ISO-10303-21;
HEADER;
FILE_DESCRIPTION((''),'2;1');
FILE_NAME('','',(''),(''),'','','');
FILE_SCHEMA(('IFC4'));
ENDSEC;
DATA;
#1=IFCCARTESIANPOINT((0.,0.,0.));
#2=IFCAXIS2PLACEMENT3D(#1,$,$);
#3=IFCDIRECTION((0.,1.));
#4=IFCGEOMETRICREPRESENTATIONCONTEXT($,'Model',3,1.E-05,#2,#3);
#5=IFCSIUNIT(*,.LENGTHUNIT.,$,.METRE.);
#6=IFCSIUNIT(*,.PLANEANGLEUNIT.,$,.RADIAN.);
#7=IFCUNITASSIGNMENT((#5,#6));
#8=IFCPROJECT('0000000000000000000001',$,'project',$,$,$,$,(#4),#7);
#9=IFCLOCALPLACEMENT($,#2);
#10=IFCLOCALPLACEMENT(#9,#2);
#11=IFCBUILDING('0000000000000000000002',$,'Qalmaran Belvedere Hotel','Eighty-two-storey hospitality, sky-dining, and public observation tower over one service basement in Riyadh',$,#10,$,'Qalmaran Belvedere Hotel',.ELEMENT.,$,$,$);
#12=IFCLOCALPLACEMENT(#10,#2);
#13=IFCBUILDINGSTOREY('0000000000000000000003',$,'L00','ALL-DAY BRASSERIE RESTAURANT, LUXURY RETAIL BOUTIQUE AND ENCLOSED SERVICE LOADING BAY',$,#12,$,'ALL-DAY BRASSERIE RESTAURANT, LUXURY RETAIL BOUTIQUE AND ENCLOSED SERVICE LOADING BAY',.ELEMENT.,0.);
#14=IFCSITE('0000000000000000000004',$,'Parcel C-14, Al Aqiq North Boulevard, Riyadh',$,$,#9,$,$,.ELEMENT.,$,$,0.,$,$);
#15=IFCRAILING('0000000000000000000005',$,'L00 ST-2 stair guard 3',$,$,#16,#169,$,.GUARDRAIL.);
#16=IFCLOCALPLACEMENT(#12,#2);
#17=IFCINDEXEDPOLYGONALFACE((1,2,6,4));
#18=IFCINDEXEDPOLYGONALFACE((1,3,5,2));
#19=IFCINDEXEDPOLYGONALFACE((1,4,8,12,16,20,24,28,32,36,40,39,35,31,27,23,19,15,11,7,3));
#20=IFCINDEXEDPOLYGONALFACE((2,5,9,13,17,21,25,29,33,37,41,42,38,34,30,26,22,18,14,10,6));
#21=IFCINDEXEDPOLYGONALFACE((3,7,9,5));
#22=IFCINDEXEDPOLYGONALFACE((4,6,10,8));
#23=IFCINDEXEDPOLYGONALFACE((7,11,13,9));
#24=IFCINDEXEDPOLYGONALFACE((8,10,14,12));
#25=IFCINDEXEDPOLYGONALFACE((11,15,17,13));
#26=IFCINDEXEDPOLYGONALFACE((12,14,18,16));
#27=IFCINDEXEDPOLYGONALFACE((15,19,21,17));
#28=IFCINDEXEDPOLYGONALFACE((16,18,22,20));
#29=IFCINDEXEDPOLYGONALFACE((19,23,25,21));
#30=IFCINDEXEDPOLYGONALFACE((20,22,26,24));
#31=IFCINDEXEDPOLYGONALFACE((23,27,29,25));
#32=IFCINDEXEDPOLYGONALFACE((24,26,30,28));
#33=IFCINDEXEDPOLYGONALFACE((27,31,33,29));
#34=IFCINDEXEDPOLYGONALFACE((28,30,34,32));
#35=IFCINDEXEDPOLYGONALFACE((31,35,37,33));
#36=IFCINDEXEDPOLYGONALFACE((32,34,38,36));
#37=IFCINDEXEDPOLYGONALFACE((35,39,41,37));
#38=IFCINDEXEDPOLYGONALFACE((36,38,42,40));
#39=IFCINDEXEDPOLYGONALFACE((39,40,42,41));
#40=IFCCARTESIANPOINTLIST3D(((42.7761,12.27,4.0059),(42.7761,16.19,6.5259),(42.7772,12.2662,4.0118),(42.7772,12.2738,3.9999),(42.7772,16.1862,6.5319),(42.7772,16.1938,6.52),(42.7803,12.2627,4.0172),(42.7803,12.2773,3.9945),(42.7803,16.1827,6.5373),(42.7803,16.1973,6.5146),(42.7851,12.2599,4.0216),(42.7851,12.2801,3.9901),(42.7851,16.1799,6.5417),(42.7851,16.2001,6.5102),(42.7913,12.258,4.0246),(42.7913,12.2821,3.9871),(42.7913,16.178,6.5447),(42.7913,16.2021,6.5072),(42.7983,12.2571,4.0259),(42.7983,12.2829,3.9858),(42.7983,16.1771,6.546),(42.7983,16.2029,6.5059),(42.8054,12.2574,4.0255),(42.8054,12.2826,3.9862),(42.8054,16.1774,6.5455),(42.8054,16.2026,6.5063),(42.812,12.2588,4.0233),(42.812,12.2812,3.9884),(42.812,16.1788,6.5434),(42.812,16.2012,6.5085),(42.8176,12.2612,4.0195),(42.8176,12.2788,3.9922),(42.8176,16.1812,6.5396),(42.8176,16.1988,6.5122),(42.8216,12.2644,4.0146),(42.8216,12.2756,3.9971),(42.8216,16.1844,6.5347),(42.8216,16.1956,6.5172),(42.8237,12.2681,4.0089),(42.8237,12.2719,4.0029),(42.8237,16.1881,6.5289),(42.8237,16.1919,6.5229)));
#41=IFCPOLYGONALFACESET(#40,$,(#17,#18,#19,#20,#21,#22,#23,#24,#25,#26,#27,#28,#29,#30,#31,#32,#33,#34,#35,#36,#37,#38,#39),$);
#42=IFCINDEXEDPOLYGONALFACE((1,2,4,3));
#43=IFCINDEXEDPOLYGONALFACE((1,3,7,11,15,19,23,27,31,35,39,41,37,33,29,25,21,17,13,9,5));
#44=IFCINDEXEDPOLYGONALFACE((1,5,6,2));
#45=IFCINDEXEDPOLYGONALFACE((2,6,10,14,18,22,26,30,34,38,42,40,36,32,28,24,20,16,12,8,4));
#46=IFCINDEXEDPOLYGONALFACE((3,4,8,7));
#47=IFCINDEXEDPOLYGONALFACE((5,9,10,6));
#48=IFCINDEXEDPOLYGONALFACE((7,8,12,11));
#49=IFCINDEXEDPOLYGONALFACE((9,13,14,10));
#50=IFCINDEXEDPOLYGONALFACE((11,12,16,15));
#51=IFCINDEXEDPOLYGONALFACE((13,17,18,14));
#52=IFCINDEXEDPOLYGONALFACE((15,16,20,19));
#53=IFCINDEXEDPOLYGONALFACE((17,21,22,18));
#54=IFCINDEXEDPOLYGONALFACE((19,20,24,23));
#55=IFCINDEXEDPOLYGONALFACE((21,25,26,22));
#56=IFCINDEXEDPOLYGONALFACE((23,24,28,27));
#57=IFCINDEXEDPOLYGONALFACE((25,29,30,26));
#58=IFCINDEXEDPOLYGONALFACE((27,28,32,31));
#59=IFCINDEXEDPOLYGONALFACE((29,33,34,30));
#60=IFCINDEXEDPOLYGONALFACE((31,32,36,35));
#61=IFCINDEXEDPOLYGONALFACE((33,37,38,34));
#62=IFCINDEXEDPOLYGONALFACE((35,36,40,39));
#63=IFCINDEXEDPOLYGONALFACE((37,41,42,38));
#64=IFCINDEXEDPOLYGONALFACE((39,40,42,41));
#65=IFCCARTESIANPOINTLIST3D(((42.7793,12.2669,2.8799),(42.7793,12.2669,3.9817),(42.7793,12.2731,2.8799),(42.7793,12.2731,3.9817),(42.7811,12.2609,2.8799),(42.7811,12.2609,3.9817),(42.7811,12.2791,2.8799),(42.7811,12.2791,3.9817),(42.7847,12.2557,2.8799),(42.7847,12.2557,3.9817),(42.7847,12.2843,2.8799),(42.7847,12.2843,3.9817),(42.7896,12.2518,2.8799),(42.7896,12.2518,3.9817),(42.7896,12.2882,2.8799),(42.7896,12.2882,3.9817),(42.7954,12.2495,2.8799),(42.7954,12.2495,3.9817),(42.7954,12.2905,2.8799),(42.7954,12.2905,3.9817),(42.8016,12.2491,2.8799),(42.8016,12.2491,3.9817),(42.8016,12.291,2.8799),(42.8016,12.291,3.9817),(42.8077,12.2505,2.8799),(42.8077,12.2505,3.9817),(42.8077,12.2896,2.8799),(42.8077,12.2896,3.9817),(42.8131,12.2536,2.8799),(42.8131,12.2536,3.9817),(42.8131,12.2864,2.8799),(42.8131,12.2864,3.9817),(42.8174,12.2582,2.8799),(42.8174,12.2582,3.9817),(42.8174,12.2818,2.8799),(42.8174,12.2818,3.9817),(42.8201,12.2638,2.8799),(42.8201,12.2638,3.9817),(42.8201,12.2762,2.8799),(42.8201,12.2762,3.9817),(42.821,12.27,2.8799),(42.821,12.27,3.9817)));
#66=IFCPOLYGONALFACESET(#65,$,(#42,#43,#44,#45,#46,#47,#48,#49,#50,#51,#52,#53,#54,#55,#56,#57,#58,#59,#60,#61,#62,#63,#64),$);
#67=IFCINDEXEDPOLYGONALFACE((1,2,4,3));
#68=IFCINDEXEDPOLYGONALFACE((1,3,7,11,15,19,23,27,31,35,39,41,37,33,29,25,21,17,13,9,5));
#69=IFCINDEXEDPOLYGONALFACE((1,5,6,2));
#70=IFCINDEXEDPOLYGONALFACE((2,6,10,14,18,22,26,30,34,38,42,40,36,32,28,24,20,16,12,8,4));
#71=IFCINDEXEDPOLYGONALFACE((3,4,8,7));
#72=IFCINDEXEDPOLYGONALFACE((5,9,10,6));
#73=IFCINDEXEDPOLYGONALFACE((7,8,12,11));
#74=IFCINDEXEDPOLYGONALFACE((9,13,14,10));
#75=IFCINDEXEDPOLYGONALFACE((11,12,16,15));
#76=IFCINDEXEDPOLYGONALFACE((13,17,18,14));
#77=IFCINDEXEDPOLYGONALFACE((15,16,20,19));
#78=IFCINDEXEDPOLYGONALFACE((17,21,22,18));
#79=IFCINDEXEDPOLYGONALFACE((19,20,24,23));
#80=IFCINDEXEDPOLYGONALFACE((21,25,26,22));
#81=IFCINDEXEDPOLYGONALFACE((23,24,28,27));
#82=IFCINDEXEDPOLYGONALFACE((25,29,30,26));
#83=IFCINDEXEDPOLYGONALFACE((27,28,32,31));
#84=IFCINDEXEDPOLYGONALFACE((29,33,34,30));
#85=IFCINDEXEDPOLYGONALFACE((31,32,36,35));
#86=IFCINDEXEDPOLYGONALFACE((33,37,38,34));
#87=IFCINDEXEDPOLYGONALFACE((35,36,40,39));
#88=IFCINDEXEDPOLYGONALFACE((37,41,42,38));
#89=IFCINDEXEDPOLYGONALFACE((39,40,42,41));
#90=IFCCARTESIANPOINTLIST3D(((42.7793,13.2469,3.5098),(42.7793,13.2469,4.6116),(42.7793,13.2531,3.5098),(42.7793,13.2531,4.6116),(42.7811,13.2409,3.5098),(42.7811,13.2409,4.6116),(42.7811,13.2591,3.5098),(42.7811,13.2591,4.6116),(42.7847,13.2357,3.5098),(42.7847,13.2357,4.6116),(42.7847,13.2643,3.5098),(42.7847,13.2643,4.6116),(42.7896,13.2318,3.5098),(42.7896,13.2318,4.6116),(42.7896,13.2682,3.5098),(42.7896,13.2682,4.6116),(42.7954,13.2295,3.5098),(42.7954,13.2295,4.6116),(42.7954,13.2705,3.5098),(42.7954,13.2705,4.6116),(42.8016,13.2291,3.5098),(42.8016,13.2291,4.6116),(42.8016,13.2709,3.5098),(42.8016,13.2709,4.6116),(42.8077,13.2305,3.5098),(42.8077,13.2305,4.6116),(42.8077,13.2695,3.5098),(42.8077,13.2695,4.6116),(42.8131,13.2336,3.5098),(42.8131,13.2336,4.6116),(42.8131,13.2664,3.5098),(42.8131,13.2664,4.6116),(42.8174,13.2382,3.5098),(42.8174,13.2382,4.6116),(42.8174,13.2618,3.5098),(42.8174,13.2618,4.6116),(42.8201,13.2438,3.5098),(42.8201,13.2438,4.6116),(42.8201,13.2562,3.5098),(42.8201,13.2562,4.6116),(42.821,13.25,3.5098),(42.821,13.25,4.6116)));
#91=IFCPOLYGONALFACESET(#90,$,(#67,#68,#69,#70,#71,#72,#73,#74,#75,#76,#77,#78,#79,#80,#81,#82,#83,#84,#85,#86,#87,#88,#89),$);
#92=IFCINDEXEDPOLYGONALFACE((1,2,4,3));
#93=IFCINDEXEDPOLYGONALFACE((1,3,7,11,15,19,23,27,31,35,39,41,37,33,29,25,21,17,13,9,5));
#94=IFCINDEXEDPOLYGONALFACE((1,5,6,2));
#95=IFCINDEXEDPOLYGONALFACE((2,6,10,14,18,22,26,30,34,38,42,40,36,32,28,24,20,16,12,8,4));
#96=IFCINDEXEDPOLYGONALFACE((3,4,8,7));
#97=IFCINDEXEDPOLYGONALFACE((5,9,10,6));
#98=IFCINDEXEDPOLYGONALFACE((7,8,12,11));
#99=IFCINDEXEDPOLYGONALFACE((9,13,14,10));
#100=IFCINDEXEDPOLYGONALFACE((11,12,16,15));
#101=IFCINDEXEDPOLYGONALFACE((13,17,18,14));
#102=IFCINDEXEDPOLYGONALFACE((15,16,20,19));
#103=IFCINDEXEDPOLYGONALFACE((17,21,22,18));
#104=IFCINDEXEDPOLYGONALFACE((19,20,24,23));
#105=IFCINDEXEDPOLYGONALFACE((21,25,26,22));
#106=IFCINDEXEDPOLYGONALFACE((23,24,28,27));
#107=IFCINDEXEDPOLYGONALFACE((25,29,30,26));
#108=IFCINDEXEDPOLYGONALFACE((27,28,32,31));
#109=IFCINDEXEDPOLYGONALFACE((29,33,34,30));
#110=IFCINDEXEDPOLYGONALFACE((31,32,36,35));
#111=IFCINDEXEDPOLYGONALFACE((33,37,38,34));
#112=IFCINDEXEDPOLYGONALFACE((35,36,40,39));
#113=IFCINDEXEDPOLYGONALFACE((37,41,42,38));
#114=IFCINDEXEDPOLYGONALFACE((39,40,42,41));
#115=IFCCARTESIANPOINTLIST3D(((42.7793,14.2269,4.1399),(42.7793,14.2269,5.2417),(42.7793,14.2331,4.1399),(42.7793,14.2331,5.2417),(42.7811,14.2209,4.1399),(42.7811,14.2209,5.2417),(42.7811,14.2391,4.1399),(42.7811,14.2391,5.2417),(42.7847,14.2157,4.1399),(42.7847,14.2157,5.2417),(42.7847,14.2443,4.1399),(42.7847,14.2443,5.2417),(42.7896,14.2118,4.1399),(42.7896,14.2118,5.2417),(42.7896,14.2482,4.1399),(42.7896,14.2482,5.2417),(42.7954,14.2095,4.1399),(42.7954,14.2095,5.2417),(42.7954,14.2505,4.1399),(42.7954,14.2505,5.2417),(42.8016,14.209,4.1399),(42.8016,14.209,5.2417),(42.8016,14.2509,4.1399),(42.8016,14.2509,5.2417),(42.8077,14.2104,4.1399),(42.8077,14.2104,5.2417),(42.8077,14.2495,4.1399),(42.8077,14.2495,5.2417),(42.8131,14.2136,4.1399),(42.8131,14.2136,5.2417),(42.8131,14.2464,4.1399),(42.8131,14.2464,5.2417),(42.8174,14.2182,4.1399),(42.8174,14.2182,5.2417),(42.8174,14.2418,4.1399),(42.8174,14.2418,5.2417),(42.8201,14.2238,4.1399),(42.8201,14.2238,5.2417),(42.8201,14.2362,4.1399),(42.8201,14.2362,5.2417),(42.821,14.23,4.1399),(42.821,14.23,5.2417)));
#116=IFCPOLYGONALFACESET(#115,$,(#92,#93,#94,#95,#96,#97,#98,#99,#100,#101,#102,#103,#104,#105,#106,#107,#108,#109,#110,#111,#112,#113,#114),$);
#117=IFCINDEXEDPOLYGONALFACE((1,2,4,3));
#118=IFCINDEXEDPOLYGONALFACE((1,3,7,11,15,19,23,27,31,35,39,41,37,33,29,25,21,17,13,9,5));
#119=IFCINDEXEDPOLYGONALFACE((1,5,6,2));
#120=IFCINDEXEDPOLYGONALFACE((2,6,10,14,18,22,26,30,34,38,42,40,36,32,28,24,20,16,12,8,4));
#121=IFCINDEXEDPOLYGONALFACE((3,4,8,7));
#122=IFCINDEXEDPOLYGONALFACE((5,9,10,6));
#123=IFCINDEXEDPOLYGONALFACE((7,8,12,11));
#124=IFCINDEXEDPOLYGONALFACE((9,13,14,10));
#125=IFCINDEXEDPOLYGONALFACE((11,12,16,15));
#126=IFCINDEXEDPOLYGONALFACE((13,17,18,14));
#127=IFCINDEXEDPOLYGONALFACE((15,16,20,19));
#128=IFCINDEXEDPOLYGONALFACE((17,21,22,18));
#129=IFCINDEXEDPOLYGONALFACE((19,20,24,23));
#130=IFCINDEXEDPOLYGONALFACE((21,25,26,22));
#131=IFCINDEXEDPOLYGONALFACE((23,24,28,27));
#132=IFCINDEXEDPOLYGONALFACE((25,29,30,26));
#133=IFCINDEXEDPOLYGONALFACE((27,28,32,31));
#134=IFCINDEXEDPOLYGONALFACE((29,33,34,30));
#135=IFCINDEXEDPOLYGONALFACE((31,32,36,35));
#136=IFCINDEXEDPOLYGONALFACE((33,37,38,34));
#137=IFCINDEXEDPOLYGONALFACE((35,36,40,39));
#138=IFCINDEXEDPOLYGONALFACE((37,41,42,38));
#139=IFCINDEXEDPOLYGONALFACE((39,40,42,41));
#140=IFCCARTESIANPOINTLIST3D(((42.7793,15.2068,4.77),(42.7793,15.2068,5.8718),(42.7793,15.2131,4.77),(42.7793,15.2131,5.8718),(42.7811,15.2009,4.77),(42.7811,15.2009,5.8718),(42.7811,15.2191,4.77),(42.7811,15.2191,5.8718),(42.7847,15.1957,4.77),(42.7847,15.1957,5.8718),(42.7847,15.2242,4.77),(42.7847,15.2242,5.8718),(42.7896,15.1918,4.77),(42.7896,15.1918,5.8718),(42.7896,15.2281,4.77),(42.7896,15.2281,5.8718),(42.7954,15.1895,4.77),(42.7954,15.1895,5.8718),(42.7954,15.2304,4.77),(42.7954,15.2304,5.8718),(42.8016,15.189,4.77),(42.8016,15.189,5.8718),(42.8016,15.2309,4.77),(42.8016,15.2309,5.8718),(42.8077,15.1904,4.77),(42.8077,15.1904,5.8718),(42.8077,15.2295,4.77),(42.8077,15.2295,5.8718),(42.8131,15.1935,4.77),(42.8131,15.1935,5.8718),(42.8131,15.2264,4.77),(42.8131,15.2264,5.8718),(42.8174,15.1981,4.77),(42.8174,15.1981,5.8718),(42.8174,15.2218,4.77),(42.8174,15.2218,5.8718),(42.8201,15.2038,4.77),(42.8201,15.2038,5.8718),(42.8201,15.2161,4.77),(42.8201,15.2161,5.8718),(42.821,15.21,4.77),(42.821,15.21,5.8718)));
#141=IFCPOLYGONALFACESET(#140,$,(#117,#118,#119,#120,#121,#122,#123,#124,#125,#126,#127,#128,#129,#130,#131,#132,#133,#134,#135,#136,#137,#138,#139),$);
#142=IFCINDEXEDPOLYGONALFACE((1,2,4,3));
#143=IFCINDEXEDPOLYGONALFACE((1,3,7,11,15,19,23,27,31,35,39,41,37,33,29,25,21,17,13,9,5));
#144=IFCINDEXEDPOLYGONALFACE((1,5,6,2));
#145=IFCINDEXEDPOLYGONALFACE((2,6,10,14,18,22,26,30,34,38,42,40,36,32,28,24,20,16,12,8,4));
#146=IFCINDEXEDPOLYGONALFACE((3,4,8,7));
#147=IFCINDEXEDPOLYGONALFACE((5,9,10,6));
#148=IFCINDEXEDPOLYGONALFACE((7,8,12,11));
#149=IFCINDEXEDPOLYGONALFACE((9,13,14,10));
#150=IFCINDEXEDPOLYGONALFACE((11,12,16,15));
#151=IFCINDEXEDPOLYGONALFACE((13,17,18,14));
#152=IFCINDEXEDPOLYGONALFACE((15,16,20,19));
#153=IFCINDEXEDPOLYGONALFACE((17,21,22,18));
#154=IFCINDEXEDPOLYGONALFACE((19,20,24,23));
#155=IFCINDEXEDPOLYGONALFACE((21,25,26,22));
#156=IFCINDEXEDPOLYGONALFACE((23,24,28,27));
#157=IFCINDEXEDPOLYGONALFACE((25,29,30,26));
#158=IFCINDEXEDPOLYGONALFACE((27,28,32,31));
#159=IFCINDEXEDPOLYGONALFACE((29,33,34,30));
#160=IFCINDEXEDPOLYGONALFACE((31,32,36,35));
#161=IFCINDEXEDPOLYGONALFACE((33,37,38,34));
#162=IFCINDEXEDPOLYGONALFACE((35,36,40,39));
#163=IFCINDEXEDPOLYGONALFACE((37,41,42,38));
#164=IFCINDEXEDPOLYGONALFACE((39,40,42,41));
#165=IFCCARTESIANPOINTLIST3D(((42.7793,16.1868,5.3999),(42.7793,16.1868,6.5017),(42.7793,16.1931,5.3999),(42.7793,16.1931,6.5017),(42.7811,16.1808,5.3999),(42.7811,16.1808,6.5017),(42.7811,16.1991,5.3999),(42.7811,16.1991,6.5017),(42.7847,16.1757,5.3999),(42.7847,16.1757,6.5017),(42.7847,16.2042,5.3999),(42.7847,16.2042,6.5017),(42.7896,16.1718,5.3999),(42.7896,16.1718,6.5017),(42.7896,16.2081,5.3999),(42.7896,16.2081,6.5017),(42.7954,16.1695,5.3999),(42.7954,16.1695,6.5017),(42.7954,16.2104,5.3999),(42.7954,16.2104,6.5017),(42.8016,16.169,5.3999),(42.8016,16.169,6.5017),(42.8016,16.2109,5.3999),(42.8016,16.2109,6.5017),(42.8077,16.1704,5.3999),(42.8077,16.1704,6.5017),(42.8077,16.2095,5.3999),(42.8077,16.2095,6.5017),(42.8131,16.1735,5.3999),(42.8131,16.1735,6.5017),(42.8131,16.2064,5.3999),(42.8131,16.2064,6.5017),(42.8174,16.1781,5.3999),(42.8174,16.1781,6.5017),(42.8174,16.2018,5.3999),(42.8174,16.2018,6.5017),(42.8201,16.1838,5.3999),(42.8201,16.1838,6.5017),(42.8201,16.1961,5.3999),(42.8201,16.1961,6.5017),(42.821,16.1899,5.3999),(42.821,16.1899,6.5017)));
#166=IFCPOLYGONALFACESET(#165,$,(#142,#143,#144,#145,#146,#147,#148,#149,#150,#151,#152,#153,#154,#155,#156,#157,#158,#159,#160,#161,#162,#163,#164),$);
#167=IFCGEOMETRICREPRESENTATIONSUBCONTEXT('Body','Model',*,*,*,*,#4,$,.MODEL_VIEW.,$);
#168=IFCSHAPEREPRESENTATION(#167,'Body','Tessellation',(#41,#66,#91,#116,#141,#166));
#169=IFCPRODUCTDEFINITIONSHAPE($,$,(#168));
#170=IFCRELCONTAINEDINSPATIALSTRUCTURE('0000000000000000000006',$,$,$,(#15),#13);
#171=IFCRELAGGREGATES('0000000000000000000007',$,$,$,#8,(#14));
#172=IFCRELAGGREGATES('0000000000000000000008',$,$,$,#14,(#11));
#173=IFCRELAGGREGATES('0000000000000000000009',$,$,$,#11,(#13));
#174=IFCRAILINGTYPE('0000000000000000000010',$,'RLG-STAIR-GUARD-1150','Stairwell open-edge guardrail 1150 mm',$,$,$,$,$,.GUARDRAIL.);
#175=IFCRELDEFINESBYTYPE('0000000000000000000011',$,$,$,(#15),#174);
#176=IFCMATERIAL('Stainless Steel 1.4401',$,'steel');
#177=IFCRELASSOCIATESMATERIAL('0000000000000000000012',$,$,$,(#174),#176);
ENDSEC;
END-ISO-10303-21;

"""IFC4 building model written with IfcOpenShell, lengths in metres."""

from ifc_helpers import new_model, si_unit, direction, frame, origin, origin_2d, place, context, subcontext, project, spatial, circle, extrude, material, type_object, element, save


model = new_model("IFC4")

# Units and contexts
model_context = context("Model", 3, precision=1e-05, world=origin(), true_north=direction((0.0, 1.0)))
body_context = subcontext(model_context, "Body", "Model", "MODEL_VIEW")
ifc_project = project(units=[si_unit("LENGTHUNIT", "METRE"), si_unit("PLANEANGLEUNIT", "RADIAN")], contexts=[model_context])

# Site, building, storey
site_placement = place(None, origin())
site = spatial("IfcSite", under=ifc_project, at=site_placement, Name="Parcel C-14, Al Aqiq North Boulevard, Riyadh", CompositionType="ELEMENT", RefElevation=0.0)
building_placement = place(site_placement, origin())
building = spatial("IfcBuilding", under=site, at=building_placement, Name="Qalmaran Belvedere Hotel", Description="Eighty-two-storey hospitality, sky-dining, and public observation tower over one service basement in Riyadh", LongName="Qalmaran Belvedere Hotel", CompositionType="ELEMENT")
storey_placement = place(building_placement, origin())
storey = spatial("IfcBuildingStorey", under=building, at=storey_placement, Name="L00", Description="ALL-DAY BRASSERIE RESTAURANT, LUXURY RETAIL BOUTIQUE AND ENCLOSED SERVICE LOADING BAY", LongName="ALL-DAY BRASSERIE RESTAURANT, LUXURY RETAIL BOUTIQUE AND ENCLOSED SERVICE LOADING BAY", CompositionType="ELEMENT", Elevation=0.0)

# Railing
ifc_material_1 = material(Name="Stainless Steel 1.4401", Category="steel")
railing_type_1 = type_object("IfcRailingType", Name="RLG-STAIR-GUARD-1150", Description="Stairwell open-edge guardrail 1150 mm", PredefinedType="GUARDRAIL", material=ifc_material_1)
railing_1_placement = place(storey_placement, frame((42.8, 12.27, 2.8799)))
element("IfcRailing", 1, at=railing_1_placement, inside=storey, type_object=railing_type_1, Name="L00 ST-2 stair guard 3", PredefinedType="GUARDRAIL", context=body_context, shape_type="SweptSolid", body=[
    extrude(circle(Radius=0.0239, at=origin_2d()), frame((0.0, 0.0, 1.126), z_axis=(0.0, 0.841172, 0.540768), x_axis=(-1.0, 0.0, 0.0)), (0.0, 0.0, 1.0), 4.6602),
    extrude(circle(Radius=0.021, at=origin_2d()), origin(), (0.0, 0.0, 1.0), 1.1018),
    extrude(circle(Radius=0.021, at=origin_2d()), frame((0.0, 0.98, 0.6299)), (0.0, 0.0, 1.0), 1.1018),
    extrude(circle(Radius=0.021, at=origin_2d()), frame((0.0, 1.96, 1.26)), (0.0, 0.0, 1.0), 1.1018),
    extrude(circle(Radius=0.021, at=origin_2d()), frame((0.0, 2.9399, 1.8901)), (0.0, 0.0, 1.0), 1.1018),
    extrude(circle(Radius=0.021, at=origin_2d()), frame((0.0, 3.9199, 2.52)), (0.0, 0.0, 1.0), 1.1018),
])

save(model, "model.ifc")
